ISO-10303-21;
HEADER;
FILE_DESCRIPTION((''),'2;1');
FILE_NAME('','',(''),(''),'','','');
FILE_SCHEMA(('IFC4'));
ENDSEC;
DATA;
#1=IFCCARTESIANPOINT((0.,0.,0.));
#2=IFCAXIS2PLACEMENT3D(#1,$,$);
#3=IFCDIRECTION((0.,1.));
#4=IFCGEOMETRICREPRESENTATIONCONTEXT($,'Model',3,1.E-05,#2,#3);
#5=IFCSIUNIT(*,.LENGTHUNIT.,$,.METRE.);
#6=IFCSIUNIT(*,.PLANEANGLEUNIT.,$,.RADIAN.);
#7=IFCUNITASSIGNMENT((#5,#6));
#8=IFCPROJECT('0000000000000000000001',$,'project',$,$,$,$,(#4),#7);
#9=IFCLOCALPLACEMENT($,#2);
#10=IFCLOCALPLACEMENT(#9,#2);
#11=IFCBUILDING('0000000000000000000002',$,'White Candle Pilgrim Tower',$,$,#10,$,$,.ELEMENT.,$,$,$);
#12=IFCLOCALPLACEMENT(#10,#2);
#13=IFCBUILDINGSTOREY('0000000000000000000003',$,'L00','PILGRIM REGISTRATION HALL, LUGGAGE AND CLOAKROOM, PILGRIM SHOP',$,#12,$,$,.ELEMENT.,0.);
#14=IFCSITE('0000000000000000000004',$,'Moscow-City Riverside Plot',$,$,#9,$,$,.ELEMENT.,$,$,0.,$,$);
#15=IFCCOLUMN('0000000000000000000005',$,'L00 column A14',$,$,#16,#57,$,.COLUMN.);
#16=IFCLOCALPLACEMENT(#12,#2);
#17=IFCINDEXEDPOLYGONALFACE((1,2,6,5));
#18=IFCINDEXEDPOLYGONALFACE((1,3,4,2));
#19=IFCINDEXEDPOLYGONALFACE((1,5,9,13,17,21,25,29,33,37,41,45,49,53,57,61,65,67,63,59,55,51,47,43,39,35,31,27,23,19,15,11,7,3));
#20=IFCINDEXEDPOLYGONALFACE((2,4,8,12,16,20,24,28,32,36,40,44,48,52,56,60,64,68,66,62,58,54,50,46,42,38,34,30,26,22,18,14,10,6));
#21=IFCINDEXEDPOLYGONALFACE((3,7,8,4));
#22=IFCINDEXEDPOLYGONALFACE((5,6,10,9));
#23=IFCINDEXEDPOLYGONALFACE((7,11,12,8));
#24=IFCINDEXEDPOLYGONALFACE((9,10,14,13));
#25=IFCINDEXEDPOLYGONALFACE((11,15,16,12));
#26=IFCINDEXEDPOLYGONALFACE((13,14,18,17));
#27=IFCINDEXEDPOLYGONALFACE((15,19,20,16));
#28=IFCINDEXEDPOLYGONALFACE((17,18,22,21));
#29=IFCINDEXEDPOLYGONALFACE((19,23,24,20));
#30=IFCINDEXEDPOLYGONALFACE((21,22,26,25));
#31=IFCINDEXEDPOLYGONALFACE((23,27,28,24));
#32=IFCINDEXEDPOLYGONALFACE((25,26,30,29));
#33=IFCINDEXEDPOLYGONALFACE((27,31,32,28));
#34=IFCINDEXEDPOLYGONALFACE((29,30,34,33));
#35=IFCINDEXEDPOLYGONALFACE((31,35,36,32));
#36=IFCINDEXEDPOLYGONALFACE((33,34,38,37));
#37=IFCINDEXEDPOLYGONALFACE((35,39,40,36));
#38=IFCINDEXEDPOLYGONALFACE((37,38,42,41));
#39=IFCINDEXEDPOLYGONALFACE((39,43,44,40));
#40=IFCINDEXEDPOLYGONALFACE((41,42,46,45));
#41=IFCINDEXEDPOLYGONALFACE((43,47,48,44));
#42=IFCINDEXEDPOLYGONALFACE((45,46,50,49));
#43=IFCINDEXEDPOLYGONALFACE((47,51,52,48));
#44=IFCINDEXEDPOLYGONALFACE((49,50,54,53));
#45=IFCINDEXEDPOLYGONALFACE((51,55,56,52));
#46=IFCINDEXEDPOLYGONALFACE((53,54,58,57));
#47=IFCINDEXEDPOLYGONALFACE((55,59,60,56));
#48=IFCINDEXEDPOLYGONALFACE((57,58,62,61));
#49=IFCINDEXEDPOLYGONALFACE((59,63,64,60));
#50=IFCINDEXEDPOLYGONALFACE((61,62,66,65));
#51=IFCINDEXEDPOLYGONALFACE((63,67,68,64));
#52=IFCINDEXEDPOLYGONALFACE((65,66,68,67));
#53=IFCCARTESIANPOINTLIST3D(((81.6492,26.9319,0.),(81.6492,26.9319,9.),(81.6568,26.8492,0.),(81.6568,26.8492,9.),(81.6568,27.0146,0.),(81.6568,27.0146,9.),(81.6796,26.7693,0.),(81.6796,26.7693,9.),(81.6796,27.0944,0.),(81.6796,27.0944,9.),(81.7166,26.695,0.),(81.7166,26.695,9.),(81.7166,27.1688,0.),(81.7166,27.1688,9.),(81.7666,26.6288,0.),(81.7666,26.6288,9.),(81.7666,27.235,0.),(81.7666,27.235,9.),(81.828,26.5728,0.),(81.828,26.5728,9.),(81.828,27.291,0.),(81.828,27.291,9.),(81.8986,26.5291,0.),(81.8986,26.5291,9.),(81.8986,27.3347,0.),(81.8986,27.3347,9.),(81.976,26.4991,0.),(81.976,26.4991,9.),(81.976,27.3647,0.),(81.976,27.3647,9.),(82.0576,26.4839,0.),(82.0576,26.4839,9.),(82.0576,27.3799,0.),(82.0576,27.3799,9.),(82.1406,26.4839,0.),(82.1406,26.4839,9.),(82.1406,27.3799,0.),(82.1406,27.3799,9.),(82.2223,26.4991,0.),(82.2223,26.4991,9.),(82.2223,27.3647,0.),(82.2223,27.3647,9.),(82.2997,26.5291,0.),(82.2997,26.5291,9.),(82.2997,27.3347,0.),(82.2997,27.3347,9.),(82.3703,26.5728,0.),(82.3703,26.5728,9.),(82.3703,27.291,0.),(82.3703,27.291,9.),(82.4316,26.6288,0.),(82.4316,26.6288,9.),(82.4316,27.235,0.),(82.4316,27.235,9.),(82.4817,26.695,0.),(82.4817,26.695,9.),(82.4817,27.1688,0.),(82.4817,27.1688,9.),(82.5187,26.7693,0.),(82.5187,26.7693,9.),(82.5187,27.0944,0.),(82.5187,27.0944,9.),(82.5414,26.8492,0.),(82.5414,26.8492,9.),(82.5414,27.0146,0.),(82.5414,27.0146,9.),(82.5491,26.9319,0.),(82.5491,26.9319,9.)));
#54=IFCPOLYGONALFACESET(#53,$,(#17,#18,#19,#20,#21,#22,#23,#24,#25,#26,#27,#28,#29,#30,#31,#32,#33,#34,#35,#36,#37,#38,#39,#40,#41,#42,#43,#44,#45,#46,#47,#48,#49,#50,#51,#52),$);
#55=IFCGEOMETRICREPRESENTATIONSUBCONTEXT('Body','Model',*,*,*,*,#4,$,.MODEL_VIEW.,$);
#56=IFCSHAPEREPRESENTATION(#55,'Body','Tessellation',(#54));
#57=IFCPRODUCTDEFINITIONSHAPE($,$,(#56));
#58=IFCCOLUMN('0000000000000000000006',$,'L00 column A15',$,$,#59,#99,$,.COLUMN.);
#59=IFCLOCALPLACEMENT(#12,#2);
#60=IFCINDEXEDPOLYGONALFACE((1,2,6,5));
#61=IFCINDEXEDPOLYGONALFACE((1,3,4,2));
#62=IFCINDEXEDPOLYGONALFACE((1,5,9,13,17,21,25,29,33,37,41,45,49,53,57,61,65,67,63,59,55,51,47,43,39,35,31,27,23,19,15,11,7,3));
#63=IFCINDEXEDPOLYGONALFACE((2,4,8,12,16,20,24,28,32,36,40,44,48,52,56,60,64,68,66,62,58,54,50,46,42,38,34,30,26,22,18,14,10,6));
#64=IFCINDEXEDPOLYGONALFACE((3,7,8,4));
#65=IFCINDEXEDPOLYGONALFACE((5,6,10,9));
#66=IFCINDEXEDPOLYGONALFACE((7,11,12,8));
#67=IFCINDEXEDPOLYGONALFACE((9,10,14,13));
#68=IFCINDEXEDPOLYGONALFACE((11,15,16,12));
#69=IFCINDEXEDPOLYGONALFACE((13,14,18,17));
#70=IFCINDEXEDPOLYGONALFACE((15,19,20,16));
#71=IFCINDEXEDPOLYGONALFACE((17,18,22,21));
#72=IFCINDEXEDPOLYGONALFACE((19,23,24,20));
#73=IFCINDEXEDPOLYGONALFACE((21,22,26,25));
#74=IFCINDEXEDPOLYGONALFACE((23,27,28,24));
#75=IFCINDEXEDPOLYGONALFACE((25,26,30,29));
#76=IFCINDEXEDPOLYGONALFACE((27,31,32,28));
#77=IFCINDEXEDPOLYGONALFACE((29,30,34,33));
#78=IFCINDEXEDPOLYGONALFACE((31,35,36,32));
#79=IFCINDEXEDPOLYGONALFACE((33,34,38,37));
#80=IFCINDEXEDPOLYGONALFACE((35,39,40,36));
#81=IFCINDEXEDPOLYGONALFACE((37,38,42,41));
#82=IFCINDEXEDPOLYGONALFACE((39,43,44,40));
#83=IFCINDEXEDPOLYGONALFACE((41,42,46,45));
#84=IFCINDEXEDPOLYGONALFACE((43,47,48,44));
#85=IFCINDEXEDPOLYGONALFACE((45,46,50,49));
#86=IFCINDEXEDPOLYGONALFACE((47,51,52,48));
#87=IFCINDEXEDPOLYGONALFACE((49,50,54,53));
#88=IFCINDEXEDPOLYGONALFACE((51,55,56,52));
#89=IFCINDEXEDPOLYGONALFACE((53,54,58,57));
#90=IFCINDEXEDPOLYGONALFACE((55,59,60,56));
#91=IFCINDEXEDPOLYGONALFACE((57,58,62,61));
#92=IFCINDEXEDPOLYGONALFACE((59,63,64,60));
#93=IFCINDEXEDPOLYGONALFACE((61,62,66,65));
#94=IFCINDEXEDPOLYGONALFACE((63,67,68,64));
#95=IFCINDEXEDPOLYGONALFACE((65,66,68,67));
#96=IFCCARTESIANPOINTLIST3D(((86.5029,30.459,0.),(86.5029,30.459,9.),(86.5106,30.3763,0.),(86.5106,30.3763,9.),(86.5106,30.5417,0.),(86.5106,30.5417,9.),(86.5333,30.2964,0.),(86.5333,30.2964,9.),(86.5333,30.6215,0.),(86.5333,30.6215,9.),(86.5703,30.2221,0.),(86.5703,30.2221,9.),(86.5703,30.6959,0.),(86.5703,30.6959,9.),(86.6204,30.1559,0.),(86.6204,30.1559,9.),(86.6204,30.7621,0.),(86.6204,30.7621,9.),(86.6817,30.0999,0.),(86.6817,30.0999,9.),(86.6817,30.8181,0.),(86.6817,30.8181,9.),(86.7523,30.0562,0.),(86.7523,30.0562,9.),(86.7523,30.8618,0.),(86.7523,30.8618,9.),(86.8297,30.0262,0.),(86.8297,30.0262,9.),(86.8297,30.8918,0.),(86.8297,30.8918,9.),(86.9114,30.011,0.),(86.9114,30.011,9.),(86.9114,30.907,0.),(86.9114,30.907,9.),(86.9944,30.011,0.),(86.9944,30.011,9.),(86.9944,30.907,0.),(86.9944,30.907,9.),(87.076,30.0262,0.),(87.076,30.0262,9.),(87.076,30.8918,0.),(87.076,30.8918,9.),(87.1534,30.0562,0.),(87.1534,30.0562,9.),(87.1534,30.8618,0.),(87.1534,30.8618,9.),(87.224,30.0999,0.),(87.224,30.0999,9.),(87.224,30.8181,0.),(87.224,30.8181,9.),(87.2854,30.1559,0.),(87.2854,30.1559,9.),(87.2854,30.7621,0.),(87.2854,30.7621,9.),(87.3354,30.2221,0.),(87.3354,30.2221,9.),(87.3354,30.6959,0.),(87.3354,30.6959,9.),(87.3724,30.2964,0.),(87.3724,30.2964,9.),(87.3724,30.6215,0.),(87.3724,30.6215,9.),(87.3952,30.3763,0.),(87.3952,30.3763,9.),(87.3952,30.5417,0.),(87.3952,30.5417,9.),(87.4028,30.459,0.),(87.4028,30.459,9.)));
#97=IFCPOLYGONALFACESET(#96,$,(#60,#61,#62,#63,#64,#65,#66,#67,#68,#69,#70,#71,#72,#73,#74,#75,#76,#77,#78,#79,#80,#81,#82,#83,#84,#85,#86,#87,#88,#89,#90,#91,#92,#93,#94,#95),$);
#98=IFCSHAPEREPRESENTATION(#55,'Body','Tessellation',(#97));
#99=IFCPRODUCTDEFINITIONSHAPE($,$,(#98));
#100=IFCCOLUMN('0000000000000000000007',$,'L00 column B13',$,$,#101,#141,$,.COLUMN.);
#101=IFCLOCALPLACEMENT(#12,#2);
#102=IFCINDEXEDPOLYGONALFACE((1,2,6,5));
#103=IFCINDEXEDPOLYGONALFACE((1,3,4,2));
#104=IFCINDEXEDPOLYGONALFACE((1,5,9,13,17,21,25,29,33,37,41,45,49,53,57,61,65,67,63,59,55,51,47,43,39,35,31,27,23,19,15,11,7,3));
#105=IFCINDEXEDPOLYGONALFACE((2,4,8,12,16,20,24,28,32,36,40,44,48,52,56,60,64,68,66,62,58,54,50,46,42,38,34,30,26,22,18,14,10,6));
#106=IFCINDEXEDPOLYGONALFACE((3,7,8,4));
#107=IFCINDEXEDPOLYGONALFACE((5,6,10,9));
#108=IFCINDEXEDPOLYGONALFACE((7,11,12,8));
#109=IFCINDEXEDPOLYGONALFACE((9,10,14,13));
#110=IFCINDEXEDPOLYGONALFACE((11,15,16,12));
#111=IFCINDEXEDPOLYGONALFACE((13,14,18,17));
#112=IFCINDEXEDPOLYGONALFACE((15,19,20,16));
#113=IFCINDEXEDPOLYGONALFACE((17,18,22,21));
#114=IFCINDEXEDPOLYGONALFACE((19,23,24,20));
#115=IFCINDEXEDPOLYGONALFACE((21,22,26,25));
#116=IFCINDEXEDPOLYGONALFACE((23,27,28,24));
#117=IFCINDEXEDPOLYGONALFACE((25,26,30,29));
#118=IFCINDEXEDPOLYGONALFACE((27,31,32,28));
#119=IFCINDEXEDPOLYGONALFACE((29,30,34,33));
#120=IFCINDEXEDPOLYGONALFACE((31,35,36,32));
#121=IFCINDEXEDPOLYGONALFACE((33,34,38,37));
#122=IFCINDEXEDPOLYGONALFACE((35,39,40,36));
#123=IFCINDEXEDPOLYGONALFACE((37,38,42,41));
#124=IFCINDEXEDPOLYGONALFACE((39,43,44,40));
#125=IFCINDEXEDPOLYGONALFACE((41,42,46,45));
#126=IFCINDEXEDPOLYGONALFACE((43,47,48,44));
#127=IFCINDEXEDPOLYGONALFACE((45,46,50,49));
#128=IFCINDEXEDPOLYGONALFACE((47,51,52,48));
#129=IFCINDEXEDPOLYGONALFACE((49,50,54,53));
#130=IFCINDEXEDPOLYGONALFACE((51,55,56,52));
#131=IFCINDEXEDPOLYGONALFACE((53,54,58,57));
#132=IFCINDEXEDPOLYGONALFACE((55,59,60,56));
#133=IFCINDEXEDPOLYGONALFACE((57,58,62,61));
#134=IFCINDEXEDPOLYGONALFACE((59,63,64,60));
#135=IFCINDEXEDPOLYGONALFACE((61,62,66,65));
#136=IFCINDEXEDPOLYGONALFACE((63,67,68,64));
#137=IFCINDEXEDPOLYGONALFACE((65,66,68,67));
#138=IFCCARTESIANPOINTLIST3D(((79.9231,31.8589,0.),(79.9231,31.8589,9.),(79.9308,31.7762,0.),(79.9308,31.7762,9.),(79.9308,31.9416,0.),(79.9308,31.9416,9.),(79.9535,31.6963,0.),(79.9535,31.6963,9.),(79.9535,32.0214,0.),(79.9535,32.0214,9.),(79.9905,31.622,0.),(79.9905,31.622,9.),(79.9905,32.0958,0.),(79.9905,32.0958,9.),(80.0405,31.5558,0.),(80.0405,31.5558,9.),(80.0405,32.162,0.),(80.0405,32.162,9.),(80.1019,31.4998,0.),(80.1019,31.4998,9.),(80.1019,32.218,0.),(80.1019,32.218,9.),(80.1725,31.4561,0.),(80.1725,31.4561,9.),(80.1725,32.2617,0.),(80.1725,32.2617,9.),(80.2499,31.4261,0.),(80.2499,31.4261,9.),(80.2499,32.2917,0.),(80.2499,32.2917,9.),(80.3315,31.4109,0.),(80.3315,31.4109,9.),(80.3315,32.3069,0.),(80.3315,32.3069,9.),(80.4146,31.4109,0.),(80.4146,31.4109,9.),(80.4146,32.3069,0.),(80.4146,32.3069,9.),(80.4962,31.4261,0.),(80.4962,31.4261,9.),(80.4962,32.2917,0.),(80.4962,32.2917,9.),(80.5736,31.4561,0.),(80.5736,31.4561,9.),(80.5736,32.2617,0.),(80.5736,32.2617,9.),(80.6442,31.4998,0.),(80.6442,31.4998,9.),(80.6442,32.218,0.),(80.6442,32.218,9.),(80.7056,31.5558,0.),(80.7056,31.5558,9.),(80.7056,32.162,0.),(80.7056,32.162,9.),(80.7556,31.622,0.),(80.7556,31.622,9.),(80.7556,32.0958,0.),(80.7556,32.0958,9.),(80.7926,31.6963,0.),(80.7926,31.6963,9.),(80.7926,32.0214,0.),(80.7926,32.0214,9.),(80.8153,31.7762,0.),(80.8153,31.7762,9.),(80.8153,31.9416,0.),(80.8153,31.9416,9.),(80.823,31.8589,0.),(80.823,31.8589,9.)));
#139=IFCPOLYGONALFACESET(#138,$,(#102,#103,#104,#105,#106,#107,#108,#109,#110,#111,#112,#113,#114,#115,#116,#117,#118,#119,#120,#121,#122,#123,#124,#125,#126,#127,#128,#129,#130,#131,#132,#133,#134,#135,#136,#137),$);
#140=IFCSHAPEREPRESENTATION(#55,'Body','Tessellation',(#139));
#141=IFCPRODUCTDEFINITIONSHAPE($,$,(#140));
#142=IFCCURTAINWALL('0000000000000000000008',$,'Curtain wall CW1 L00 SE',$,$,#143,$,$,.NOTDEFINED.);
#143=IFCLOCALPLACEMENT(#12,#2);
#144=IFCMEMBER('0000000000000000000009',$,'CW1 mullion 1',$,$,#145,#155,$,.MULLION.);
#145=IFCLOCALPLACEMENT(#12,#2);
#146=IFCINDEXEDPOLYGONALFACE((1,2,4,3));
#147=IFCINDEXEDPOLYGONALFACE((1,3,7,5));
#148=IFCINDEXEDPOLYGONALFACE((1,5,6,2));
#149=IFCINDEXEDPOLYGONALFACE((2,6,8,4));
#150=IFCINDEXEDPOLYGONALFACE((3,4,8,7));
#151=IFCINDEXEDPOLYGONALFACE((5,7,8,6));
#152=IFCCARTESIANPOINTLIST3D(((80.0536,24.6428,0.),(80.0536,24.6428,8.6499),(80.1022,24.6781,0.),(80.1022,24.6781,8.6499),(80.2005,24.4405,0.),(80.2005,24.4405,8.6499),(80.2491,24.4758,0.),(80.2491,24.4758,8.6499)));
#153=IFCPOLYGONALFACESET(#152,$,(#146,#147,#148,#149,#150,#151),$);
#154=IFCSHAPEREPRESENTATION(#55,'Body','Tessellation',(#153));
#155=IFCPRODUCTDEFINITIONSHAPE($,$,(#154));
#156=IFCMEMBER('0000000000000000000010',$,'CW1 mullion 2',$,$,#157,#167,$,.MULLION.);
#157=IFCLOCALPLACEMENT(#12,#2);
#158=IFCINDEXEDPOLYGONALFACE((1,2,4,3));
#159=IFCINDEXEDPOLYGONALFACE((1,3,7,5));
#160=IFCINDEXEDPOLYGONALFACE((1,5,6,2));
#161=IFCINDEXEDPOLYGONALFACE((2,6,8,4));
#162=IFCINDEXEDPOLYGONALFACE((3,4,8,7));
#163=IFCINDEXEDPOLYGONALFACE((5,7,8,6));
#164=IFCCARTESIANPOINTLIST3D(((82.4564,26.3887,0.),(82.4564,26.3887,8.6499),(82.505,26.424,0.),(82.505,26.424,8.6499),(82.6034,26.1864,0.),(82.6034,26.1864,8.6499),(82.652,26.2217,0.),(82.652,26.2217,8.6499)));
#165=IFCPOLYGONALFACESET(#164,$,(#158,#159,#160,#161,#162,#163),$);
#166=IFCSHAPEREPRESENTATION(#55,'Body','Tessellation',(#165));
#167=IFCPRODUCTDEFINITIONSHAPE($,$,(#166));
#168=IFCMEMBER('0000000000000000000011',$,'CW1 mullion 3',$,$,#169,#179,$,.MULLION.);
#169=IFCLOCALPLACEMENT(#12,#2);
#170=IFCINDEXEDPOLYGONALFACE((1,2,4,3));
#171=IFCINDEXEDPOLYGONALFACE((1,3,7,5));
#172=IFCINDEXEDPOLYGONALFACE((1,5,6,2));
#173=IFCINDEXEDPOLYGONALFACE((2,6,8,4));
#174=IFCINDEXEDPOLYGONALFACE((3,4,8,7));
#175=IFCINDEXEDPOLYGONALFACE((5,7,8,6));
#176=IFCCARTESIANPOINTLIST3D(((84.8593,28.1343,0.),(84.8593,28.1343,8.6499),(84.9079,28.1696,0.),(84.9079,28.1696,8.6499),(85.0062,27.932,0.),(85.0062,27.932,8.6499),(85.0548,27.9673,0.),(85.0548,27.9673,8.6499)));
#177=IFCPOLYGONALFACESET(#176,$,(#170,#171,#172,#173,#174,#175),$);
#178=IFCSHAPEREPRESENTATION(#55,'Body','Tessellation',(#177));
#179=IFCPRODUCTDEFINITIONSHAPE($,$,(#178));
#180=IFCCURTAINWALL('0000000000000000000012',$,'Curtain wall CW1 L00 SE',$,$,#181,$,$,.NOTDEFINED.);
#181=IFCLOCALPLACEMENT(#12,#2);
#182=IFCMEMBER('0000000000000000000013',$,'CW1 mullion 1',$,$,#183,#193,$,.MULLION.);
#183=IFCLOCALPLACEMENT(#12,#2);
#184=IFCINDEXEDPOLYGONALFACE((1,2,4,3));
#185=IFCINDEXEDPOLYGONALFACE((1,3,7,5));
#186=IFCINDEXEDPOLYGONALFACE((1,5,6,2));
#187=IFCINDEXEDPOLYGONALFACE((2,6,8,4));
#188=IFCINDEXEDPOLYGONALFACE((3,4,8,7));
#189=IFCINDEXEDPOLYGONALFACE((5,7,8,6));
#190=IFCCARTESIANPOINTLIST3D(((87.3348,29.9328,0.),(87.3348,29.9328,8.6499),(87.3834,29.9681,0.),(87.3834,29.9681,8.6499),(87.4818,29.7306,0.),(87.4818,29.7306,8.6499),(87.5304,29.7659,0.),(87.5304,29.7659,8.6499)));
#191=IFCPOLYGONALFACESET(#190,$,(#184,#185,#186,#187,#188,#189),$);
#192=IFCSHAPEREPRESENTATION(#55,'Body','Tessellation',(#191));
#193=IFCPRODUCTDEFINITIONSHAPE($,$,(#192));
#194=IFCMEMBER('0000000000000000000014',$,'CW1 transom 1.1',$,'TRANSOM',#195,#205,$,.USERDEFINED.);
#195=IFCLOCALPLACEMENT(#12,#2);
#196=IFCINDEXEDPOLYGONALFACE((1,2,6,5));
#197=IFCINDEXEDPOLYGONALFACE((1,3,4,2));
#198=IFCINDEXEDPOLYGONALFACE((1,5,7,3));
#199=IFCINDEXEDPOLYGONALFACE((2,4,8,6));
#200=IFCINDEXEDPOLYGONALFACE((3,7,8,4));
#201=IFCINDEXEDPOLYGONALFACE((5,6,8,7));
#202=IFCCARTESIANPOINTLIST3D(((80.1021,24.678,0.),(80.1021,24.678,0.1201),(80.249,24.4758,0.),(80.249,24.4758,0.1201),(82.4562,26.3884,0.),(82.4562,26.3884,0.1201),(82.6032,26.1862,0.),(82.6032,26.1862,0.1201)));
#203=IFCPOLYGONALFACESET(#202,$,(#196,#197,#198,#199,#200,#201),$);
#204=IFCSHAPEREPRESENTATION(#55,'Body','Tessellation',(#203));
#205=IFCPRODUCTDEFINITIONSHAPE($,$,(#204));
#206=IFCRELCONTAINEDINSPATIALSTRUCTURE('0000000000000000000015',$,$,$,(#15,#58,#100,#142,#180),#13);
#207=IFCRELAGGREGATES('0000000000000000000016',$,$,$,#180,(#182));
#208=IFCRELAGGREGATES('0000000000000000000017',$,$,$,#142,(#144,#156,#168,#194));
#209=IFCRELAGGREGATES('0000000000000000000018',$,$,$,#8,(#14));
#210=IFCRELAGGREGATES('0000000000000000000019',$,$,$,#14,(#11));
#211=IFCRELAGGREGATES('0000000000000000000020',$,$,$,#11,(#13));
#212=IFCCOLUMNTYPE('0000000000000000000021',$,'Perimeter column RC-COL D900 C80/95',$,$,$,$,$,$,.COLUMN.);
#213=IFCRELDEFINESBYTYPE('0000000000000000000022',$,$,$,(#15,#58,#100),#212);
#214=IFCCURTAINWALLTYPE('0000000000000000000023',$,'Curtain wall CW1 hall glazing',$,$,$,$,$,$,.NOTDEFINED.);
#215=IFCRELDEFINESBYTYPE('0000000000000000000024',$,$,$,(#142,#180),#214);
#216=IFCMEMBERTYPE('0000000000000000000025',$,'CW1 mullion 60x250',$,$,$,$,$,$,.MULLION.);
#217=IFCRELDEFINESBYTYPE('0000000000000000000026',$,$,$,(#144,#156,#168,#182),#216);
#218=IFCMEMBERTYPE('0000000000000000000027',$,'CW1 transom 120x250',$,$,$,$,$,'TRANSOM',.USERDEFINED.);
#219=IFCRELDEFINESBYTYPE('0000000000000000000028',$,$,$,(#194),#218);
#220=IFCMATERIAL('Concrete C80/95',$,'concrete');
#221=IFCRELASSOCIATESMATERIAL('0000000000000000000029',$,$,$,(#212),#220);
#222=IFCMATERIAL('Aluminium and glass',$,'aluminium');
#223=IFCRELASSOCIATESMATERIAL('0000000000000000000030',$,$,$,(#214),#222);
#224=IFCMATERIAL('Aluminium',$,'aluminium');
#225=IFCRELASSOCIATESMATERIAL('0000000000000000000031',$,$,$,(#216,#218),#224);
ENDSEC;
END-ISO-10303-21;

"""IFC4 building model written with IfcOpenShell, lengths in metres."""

from ifc_helpers import new_model, si_unit, direction, frame, origin, origin_2d, place, context, subcontext, project, spatial, rectangle, circle, extrude, material, material_profile, profile_set, type_object, element, aggregate, save


model = new_model("IFC4")

# Units and contexts
model_context = context("Model", 3, precision=1e-05, world=origin(), true_north=direction((0.0, 1.0)))
body_context = subcontext(model_context, "Body", "Model", "MODEL_VIEW")
ifc_project = project(units=[si_unit("LENGTHUNIT", "METRE"), si_unit("PLANEANGLEUNIT", "RADIAN")], contexts=[model_context])

# Site, building, storey
site_placement = place(None, origin())
site = spatial("IfcSite", under=ifc_project, at=site_placement, Name="Moscow-City Riverside Plot", CompositionType="ELEMENT", RefElevation=0.0)
building_placement = place(site_placement, origin())
building = spatial("IfcBuilding", under=site, at=building_placement, Name="White Candle Pilgrim Tower", CompositionType="ELEMENT")
storey_placement = place(building_placement, origin())
storey = spatial("IfcBuildingStorey", under=building, at=storey_placement, Name="L00", Description="PILGRIM REGISTRATION HALL, LUGGAGE AND CLOAKROOM, PILGRIM SHOP", CompositionType="ELEMENT", Elevation=0.0)

# Columns
ifc_material_1 = material(Name="Concrete C80/95", Category="concrete")
ifc_material_profile_1 = material_profile(ifc_material_1, circle(Radius=0.45, at=origin_2d()), Name="RC-COL D900")
ifc_profile_set_1 = profile_set([ifc_material_profile_1], Name="Concrete C80/95")
column_type = type_object("IfcColumnType", Name="Perimeter column RC-COL D900 C80/95", PredefinedType="COLUMN", material=ifc_profile_set_1)
for number, where, z_axis, x_axis, name in (
    (1, (82.0991, 26.9319, 0.0), (0.0, 0.0, 1.0), (1.0, 0.0, 0.0), "L00 column A14"),
    (2, (86.9529, 30.459, 0.0), (0.0, 0.0, 1.0), (1.0, 0.0, 0.0), "L00 column A15"),
    (3, (80.373, 31.8589, 0.0), (0.0, 0.0, 1.0), (1.0, 0.0, 0.0), "L00 column B13"),
):
    element("IfcColumn", number, at=place(storey_placement, frame(where, z_axis=z_axis, x_axis=x_axis)), inside=storey, type_object=column_type, Name=name, PredefinedType="COLUMN", context=body_context, shape_type="SweptSolid", body=[
        extrude(circle(Radius=0.45, at=origin_2d()), origin(), (0.0, 0.0, 1.0), 9.0),
    ])

# Curtain wall, members
ifc_material_2 = material(Name="Aluminium and glass", Category="aluminium")
curtain_wall_type = type_object("IfcCurtainWallType", Name="Curtain wall CW1 hall glazing", PredefinedType="NOTDEFINED", material=ifc_material_2)
curtain_wall_1_placement = place(storey_placement, origin())
curtain_wall_1 = element("IfcCurtainWall", 4, at=curtain_wall_1_placement, inside=storey, type_object=curtain_wall_type, Name="Curtain wall CW1 L00 SE", PredefinedType="NOTDEFINED")
ifc_material_3 = material(Name="Aluminium", Category="aluminium")
ifc_material_profile_2 = material_profile(ifc_material_3, rectangle(XDim=0.25, YDim=0.0601, at=origin_2d()), Name="CW1 mullion 60x250")
ifc_profile_set_2 = profile_set([ifc_material_profile_2], Name="Aluminium")
member_type_1 = type_object("IfcMemberType", Name="CW1 mullion 60x250", PredefinedType="MULLION", material=ifc_profile_set_2)
member_1_placement = place(storey_placement, frame((80.1514, 24.5593, 0.0), z_axis=(0.0, 0.0, 1.0), x_axis=(-0.587785, 0.809017, 0.0)))
member_1 = element("IfcMember", 5, at=member_1_placement, type_object=member_type_1, Name="CW1 mullion 1", PredefinedType="MULLION", context=body_context, shape_type="SweptSolid", body=[
    extrude(rectangle(XDim=0.25, YDim=0.0601, at=origin_2d()), origin(), (0.0, 0.0, 1.0), 8.6499),
])
member_2_placement = place(storey_placement, frame((82.5542, 26.3052, 0.0), z_axis=(0.0, 0.0, 1.0), x_axis=(-0.587785, 0.809017, 0.0)))
member_2 = element("IfcMember", 6, at=member_2_placement, type_object=member_type_1, Name="CW1 mullion 2", PredefinedType="MULLION", context=body_context, shape_type="SweptSolid", body=[
    extrude(rectangle(XDim=0.25, YDim=0.0601, at=origin_2d()), origin(), (0.0, 0.0, 1.0), 8.6499),
])
member_3_placement = place(storey_placement, frame((84.957, 28.0508, 0.0), z_axis=(0.0, 0.0, 1.0), x_axis=(-0.587785, 0.809017, 0.0)))
member_3 = element("IfcMember", 7, at=member_3_placement, type_object=member_type_1, Name="CW1 mullion 3", PredefinedType="MULLION", context=body_context, shape_type="SweptSolid", body=[
    extrude(rectangle(XDim=0.25, YDim=0.0601, at=origin_2d()), origin(), (0.0, 0.0, 1.0), 8.6499),
])

# Curtain wall, member
curtain_wall_2_placement = place(storey_placement, origin())
curtain_wall_2 = element("IfcCurtainWall", 8, at=curtain_wall_2_placement, inside=storey, type_object=curtain_wall_type, Name="Curtain wall CW1 L00 SE", PredefinedType="NOTDEFINED")
member_4_placement = place(storey_placement, frame((87.4326, 29.8494, 0.0), z_axis=(0.0, 0.0, 1.0), x_axis=(-0.587785, 0.809017, 0.0)))
member_4 = element("IfcMember", 9, at=member_4_placement, type_object=member_type_1, Name="CW1 mullion 1", PredefinedType="MULLION", context=body_context, shape_type="SweptSolid", body=[
    extrude(rectangle(XDim=0.25, YDim=0.0601, at=origin_2d()), origin(), (0.0, 0.0, 1.0), 8.6499),
])
aggregate(curtain_wall_2, [member_4])

# Member
ifc_material_profile_3 = material_profile(ifc_material_3, rectangle(XDim=0.25, YDim=0.1201, at=origin_2d()), Name="CW1 transom 120x250")
ifc_profile_set_3 = profile_set([ifc_material_profile_3], Name="Aluminium")
member_type_2 = type_object("IfcMemberType", Name="CW1 transom 120x250", ElementType="TRANSOM", PredefinedType="USERDEFINED", material=ifc_profile_set_3)
member_5_placement = place(storey_placement, frame((80.1755, 24.5769, 0.0601), z_axis=(0.809019, 0.587783, 0.0), x_axis=(-0.587783, 0.809019, 0.0)))
member_5 = element("IfcMember", 10, at=member_5_placement, type_object=member_type_2, Name="CW1 transom 1.1", ObjectType="TRANSOM", PredefinedType="USERDEFINED", context=body_context, shape_type="SweptSolid", body=[
    extrude(rectangle(XDim=0.25, YDim=0.1201, at=origin_2d()), origin(), (0.0, 0.0, 1.0), 2.9099),
])

aggregate(curtain_wall_1, [member_1, member_2, member_3, member_5])

save(model, "model.ifc")
